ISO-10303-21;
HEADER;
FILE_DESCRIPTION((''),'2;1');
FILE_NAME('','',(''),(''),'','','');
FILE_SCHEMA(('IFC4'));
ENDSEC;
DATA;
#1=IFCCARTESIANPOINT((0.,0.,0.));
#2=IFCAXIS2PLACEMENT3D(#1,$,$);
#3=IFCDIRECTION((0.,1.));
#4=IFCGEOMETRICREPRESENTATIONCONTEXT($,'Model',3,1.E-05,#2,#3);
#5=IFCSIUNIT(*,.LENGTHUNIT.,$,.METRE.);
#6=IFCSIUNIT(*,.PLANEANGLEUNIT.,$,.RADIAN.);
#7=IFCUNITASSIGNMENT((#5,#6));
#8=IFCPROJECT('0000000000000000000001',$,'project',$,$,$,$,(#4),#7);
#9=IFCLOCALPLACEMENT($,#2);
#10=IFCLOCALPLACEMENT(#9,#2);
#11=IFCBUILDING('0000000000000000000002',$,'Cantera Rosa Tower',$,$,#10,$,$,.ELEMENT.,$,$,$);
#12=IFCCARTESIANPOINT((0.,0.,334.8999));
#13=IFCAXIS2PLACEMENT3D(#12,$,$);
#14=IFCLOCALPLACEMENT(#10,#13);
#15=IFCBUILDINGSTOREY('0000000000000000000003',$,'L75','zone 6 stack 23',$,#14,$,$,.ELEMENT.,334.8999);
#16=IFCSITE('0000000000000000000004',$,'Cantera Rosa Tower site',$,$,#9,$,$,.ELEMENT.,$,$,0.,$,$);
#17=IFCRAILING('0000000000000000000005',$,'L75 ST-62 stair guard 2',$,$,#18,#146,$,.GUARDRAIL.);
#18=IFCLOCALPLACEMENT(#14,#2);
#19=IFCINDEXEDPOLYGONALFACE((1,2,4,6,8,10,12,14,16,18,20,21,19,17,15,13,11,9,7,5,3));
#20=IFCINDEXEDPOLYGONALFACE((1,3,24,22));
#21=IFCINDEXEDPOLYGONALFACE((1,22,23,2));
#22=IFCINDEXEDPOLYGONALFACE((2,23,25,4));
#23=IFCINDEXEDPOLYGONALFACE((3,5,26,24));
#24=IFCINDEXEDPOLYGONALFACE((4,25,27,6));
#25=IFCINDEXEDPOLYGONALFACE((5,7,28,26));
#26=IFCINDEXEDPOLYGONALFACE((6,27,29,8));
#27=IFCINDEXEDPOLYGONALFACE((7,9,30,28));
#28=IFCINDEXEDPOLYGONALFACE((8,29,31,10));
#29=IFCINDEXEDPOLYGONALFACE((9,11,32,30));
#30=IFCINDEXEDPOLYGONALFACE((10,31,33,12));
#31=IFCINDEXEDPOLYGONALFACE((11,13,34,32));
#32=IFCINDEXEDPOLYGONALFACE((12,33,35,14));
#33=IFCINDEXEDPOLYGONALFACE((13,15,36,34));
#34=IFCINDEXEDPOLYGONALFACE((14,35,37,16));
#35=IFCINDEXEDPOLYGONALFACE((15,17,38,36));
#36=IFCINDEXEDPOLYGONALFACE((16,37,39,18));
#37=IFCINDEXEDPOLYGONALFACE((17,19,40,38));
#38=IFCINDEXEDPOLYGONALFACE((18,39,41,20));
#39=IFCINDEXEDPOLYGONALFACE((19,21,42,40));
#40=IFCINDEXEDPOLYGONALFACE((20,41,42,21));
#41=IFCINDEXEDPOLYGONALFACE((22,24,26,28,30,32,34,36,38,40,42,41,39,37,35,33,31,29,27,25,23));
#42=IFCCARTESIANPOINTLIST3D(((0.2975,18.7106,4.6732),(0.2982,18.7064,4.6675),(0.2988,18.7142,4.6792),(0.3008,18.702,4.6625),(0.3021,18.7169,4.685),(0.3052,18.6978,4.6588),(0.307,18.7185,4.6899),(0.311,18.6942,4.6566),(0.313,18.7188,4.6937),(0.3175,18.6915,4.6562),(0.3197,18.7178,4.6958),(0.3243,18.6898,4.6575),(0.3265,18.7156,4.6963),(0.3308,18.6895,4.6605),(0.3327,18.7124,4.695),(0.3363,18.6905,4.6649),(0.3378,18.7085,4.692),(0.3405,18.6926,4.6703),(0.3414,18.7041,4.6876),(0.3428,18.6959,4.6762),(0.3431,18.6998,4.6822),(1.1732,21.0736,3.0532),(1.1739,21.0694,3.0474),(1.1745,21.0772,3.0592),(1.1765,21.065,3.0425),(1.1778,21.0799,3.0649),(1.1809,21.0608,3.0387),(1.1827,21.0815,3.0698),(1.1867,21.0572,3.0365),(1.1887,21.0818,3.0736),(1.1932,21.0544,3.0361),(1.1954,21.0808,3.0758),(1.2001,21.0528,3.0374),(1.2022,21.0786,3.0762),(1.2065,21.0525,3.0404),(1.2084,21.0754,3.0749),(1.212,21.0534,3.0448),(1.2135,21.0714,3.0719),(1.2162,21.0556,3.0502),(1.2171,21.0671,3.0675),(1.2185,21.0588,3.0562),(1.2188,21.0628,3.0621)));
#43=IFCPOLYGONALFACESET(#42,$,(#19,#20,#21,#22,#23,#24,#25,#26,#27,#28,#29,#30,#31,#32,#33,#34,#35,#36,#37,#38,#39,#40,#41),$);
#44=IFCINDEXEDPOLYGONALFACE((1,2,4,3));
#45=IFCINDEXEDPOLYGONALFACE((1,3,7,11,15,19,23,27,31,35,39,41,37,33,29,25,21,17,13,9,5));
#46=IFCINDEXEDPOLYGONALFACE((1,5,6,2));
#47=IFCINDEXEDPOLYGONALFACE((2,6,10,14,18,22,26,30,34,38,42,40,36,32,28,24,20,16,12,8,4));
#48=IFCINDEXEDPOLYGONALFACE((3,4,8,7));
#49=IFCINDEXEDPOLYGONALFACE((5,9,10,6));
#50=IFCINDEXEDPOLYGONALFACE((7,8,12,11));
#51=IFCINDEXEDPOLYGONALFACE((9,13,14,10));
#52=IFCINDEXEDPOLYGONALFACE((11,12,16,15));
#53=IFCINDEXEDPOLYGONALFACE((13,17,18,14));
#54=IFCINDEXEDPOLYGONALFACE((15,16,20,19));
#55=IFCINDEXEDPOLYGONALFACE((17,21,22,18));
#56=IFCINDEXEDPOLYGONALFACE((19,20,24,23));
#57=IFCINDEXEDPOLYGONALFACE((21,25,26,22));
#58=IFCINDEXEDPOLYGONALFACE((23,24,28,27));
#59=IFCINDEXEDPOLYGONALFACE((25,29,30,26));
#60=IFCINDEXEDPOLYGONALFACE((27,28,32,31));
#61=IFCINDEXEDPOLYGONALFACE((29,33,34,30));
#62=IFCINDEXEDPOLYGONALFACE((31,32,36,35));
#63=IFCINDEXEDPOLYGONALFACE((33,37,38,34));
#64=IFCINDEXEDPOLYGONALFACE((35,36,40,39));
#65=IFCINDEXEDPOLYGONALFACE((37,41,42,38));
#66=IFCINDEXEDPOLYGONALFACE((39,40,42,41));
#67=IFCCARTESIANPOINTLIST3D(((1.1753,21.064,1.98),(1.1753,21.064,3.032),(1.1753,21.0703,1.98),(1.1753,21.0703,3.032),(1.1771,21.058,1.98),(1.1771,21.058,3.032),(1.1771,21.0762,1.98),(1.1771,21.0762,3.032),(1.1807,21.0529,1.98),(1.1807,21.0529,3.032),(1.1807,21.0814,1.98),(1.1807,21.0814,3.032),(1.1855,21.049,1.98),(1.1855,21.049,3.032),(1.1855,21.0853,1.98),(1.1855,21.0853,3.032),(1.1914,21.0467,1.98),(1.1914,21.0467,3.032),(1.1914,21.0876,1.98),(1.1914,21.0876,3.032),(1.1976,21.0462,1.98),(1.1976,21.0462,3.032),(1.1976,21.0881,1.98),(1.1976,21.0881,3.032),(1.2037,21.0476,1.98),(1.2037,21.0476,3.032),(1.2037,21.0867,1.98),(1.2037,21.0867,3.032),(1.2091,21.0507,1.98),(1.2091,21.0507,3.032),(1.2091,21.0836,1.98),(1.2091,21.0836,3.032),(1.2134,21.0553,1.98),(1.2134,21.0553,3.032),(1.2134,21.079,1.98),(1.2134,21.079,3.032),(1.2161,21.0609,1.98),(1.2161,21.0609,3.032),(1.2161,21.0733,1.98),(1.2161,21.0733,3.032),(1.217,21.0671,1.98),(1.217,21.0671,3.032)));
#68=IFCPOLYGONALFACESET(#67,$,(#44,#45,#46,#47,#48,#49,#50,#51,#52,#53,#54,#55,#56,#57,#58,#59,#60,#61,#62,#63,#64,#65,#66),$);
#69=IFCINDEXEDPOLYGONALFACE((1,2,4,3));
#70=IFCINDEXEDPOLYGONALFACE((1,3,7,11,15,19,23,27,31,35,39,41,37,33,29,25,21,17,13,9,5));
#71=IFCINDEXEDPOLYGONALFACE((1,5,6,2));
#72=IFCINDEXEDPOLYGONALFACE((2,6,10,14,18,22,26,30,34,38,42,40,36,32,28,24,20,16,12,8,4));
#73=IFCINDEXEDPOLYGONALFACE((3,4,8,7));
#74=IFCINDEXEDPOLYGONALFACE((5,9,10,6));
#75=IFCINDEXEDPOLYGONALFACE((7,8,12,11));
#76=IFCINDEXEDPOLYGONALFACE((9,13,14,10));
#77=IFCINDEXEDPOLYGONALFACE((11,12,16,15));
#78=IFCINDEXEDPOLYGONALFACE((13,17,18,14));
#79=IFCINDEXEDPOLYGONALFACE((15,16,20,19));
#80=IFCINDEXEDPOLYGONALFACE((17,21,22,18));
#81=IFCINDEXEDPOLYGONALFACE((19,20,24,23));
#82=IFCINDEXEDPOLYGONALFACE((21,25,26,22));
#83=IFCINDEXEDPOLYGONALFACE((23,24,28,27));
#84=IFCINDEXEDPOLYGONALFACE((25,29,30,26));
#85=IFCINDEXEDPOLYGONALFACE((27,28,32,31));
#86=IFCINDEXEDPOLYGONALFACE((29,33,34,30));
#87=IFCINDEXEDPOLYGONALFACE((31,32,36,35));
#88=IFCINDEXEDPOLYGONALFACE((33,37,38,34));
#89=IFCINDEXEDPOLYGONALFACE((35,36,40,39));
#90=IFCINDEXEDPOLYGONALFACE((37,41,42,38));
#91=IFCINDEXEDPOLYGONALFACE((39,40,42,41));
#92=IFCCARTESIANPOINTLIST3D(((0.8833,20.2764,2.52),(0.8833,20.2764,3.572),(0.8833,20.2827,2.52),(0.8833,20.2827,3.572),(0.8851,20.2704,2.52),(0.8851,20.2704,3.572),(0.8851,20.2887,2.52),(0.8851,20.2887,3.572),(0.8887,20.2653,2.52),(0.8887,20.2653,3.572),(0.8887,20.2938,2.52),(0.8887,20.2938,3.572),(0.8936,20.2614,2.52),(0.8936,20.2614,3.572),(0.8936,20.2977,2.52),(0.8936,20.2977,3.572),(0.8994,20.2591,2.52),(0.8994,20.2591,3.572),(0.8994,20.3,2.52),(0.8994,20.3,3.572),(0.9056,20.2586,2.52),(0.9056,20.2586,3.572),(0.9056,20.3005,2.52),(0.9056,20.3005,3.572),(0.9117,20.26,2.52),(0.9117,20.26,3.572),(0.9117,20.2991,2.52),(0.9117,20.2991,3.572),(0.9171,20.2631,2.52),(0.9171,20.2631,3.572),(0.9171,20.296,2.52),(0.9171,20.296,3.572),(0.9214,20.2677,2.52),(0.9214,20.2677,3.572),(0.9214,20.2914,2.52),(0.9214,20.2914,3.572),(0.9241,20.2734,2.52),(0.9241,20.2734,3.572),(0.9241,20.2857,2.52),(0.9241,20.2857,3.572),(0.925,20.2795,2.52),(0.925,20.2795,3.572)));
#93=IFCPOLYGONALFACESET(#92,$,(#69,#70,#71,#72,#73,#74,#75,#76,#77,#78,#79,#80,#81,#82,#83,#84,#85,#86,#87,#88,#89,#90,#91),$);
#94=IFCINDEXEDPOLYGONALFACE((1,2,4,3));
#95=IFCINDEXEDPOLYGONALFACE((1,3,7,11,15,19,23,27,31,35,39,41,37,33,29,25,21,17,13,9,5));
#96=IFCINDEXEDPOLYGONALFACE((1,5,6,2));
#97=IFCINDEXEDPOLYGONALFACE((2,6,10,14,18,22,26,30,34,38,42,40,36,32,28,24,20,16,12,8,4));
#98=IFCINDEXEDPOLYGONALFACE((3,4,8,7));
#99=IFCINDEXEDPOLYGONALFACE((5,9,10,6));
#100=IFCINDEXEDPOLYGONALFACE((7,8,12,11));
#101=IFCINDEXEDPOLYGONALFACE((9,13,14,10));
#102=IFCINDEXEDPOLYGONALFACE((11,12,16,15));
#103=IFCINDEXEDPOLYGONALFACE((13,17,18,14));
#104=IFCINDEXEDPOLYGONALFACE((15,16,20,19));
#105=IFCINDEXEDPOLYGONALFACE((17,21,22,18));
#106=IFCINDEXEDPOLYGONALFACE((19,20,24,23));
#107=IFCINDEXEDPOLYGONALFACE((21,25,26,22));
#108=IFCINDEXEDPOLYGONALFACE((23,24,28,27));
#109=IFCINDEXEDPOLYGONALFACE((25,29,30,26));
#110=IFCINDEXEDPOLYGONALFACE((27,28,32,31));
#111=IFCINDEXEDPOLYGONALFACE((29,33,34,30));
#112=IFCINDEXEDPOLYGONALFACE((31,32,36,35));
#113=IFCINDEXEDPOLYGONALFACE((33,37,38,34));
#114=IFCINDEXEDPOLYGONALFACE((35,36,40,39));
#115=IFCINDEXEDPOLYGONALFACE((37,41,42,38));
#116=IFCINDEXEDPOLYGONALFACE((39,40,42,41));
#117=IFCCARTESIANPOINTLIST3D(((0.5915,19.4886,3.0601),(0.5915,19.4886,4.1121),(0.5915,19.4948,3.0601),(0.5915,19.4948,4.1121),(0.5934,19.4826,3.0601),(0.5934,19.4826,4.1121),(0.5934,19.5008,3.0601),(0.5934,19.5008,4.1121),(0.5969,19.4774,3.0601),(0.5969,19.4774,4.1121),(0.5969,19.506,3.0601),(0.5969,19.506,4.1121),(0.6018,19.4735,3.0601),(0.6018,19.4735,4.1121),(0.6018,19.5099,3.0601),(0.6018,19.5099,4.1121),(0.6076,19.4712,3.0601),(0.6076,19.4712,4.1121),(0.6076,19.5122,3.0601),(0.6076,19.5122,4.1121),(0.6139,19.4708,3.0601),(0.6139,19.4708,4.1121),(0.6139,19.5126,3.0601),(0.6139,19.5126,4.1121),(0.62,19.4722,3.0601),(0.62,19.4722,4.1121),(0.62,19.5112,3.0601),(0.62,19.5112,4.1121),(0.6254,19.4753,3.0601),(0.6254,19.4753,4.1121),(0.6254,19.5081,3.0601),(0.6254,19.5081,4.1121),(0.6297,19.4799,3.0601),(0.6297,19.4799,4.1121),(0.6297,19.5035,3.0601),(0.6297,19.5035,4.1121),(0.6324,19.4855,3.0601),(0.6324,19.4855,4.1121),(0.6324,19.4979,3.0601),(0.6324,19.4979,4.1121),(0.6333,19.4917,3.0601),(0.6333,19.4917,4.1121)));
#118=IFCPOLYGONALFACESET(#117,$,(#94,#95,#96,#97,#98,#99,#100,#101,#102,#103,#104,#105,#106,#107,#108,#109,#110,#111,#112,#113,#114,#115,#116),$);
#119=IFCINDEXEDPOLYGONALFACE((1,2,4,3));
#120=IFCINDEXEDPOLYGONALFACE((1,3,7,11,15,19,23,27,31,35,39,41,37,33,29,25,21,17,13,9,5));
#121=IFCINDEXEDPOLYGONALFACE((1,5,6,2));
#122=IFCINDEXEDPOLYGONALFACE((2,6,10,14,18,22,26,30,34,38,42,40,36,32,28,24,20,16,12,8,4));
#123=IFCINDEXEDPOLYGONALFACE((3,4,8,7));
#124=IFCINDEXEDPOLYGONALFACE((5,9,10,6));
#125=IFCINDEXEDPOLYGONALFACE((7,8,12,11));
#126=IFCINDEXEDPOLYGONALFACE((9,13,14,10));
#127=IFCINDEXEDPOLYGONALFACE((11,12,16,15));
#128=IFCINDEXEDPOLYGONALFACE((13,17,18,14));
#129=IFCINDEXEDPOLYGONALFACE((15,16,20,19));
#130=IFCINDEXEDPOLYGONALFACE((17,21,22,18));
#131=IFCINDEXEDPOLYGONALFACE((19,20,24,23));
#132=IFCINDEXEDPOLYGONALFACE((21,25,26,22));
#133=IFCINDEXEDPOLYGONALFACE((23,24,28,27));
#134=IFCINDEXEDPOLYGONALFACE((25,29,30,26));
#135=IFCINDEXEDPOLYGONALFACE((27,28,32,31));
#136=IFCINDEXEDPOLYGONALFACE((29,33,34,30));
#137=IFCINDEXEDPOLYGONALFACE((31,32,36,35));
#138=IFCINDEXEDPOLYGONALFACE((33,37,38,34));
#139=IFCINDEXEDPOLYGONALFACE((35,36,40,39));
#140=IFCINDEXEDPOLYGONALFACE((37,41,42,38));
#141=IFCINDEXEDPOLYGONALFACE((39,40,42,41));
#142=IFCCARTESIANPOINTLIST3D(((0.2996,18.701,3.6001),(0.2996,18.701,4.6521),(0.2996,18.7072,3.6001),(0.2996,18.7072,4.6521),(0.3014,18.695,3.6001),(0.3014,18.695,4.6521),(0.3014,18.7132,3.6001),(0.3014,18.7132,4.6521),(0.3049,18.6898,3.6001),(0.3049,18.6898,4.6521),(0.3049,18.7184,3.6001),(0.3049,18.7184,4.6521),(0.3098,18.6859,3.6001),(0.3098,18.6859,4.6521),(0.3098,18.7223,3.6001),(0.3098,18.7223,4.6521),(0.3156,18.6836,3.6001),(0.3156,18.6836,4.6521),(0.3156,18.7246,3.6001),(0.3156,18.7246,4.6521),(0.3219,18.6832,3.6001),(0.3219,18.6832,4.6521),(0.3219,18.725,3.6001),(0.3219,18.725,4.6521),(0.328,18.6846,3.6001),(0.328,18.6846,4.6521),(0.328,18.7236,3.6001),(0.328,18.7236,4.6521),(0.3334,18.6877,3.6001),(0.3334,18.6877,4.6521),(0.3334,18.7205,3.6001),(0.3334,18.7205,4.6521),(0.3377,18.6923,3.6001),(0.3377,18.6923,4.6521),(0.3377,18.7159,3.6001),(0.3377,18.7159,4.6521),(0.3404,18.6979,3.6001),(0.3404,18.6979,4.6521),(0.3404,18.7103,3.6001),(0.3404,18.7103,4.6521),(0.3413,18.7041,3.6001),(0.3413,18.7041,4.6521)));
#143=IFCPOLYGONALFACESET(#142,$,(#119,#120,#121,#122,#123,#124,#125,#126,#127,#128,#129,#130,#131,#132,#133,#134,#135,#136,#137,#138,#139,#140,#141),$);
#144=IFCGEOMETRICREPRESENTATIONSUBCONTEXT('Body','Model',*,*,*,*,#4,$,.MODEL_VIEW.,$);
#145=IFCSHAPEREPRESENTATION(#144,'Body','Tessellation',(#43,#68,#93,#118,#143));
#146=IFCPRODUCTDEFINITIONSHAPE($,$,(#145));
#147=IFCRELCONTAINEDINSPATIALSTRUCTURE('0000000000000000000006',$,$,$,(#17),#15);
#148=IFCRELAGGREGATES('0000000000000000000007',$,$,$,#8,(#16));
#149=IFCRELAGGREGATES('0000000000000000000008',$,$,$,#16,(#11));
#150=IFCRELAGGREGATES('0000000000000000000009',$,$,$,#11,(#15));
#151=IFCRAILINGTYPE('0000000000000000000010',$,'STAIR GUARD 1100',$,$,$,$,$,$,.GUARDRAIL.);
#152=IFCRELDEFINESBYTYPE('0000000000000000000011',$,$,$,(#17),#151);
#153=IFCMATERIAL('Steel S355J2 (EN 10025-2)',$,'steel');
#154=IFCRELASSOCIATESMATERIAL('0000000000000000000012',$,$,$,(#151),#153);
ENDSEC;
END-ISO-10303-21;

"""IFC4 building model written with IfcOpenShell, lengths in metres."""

from ifc_helpers import new_model, si_unit, direction, frame, origin, origin_2d, place, context, subcontext, project, spatial, circle, extrude, material, type_object, element, save


model = new_model("IFC4")

# Units and contexts
model_context = context("Model", 3, precision=1e-05, world=origin(), true_north=direction((0.0, 1.0)))
body_context = subcontext(model_context, "Body", "Model", "MODEL_VIEW")
ifc_project = project(units=[si_unit("LENGTHUNIT", "METRE"), si_unit("PLANEANGLEUNIT", "RADIAN")], contexts=[model_context])

# Site, building, storey
site_placement = place(None, origin())
site = spatial("IfcSite", under=ifc_project, at=site_placement, Name="Cantera Rosa Tower site", CompositionType="ELEMENT", RefElevation=0.0)
building_placement = place(site_placement, origin())
building = spatial("IfcBuilding", under=site, at=building_placement, Name="Cantera Rosa Tower", CompositionType="ELEMENT")
storey_placement = place(building_placement, frame((0.0, 0.0, 334.8999)))
storey = spatial("IfcBuildingStorey", under=building, at=storey_placement, Name="L75", Description="zone 6 stack 23", CompositionType="ELEMENT", Elevation=334.8999)

# Railing
ifc_material_1 = material(Name="Steel S355J2 (EN 10025-2)", Category="steel")
railing_type_1 = type_object("IfcRailingType", Name="STAIR GUARD 1100", PredefinedType="GUARDRAIL", material=ifc_material_1)
railing_1_placement = place(storey_placement, frame((1.196, 21.0671, 1.98)))
element("IfcRailing", 1, at=railing_1_placement, inside=storey, type_object=railing_type_1, Name="L75 ST-62 stair guard 2", PredefinedType="GUARDRAIL", context=body_context, shape_type="SweptSolid", body=[
    extrude(circle(Radius=0.0239, at=origin_2d()), frame((0.0, 0.0, 1.0762), z_axis=(-0.292307, -0.788748, 0.540772), x_axis=(0.93768, -0.347501, 0.0)), (0.0, 0.0, 1.0), 2.9958),
    extrude(circle(Radius=0.021, at=origin_2d()), origin(), (0.0, 0.0, 1.0), 1.052),
    extrude(circle(Radius=0.021, at=origin_2d()), frame((-0.292, -0.7876, 0.54)), (0.0, 0.0, 1.0), 1.052),
    extrude(circle(Radius=0.021, at=origin_2d()), frame((-0.5837, -1.5754, 1.0801)), (0.0, 0.0, 1.0), 1.052),
    extrude(circle(Radius=0.021, at=origin_2d()), frame((-0.8757, -2.363, 1.6201)), (0.0, 0.0, 1.0), 1.052),
])

save(model, "model.ifc")
